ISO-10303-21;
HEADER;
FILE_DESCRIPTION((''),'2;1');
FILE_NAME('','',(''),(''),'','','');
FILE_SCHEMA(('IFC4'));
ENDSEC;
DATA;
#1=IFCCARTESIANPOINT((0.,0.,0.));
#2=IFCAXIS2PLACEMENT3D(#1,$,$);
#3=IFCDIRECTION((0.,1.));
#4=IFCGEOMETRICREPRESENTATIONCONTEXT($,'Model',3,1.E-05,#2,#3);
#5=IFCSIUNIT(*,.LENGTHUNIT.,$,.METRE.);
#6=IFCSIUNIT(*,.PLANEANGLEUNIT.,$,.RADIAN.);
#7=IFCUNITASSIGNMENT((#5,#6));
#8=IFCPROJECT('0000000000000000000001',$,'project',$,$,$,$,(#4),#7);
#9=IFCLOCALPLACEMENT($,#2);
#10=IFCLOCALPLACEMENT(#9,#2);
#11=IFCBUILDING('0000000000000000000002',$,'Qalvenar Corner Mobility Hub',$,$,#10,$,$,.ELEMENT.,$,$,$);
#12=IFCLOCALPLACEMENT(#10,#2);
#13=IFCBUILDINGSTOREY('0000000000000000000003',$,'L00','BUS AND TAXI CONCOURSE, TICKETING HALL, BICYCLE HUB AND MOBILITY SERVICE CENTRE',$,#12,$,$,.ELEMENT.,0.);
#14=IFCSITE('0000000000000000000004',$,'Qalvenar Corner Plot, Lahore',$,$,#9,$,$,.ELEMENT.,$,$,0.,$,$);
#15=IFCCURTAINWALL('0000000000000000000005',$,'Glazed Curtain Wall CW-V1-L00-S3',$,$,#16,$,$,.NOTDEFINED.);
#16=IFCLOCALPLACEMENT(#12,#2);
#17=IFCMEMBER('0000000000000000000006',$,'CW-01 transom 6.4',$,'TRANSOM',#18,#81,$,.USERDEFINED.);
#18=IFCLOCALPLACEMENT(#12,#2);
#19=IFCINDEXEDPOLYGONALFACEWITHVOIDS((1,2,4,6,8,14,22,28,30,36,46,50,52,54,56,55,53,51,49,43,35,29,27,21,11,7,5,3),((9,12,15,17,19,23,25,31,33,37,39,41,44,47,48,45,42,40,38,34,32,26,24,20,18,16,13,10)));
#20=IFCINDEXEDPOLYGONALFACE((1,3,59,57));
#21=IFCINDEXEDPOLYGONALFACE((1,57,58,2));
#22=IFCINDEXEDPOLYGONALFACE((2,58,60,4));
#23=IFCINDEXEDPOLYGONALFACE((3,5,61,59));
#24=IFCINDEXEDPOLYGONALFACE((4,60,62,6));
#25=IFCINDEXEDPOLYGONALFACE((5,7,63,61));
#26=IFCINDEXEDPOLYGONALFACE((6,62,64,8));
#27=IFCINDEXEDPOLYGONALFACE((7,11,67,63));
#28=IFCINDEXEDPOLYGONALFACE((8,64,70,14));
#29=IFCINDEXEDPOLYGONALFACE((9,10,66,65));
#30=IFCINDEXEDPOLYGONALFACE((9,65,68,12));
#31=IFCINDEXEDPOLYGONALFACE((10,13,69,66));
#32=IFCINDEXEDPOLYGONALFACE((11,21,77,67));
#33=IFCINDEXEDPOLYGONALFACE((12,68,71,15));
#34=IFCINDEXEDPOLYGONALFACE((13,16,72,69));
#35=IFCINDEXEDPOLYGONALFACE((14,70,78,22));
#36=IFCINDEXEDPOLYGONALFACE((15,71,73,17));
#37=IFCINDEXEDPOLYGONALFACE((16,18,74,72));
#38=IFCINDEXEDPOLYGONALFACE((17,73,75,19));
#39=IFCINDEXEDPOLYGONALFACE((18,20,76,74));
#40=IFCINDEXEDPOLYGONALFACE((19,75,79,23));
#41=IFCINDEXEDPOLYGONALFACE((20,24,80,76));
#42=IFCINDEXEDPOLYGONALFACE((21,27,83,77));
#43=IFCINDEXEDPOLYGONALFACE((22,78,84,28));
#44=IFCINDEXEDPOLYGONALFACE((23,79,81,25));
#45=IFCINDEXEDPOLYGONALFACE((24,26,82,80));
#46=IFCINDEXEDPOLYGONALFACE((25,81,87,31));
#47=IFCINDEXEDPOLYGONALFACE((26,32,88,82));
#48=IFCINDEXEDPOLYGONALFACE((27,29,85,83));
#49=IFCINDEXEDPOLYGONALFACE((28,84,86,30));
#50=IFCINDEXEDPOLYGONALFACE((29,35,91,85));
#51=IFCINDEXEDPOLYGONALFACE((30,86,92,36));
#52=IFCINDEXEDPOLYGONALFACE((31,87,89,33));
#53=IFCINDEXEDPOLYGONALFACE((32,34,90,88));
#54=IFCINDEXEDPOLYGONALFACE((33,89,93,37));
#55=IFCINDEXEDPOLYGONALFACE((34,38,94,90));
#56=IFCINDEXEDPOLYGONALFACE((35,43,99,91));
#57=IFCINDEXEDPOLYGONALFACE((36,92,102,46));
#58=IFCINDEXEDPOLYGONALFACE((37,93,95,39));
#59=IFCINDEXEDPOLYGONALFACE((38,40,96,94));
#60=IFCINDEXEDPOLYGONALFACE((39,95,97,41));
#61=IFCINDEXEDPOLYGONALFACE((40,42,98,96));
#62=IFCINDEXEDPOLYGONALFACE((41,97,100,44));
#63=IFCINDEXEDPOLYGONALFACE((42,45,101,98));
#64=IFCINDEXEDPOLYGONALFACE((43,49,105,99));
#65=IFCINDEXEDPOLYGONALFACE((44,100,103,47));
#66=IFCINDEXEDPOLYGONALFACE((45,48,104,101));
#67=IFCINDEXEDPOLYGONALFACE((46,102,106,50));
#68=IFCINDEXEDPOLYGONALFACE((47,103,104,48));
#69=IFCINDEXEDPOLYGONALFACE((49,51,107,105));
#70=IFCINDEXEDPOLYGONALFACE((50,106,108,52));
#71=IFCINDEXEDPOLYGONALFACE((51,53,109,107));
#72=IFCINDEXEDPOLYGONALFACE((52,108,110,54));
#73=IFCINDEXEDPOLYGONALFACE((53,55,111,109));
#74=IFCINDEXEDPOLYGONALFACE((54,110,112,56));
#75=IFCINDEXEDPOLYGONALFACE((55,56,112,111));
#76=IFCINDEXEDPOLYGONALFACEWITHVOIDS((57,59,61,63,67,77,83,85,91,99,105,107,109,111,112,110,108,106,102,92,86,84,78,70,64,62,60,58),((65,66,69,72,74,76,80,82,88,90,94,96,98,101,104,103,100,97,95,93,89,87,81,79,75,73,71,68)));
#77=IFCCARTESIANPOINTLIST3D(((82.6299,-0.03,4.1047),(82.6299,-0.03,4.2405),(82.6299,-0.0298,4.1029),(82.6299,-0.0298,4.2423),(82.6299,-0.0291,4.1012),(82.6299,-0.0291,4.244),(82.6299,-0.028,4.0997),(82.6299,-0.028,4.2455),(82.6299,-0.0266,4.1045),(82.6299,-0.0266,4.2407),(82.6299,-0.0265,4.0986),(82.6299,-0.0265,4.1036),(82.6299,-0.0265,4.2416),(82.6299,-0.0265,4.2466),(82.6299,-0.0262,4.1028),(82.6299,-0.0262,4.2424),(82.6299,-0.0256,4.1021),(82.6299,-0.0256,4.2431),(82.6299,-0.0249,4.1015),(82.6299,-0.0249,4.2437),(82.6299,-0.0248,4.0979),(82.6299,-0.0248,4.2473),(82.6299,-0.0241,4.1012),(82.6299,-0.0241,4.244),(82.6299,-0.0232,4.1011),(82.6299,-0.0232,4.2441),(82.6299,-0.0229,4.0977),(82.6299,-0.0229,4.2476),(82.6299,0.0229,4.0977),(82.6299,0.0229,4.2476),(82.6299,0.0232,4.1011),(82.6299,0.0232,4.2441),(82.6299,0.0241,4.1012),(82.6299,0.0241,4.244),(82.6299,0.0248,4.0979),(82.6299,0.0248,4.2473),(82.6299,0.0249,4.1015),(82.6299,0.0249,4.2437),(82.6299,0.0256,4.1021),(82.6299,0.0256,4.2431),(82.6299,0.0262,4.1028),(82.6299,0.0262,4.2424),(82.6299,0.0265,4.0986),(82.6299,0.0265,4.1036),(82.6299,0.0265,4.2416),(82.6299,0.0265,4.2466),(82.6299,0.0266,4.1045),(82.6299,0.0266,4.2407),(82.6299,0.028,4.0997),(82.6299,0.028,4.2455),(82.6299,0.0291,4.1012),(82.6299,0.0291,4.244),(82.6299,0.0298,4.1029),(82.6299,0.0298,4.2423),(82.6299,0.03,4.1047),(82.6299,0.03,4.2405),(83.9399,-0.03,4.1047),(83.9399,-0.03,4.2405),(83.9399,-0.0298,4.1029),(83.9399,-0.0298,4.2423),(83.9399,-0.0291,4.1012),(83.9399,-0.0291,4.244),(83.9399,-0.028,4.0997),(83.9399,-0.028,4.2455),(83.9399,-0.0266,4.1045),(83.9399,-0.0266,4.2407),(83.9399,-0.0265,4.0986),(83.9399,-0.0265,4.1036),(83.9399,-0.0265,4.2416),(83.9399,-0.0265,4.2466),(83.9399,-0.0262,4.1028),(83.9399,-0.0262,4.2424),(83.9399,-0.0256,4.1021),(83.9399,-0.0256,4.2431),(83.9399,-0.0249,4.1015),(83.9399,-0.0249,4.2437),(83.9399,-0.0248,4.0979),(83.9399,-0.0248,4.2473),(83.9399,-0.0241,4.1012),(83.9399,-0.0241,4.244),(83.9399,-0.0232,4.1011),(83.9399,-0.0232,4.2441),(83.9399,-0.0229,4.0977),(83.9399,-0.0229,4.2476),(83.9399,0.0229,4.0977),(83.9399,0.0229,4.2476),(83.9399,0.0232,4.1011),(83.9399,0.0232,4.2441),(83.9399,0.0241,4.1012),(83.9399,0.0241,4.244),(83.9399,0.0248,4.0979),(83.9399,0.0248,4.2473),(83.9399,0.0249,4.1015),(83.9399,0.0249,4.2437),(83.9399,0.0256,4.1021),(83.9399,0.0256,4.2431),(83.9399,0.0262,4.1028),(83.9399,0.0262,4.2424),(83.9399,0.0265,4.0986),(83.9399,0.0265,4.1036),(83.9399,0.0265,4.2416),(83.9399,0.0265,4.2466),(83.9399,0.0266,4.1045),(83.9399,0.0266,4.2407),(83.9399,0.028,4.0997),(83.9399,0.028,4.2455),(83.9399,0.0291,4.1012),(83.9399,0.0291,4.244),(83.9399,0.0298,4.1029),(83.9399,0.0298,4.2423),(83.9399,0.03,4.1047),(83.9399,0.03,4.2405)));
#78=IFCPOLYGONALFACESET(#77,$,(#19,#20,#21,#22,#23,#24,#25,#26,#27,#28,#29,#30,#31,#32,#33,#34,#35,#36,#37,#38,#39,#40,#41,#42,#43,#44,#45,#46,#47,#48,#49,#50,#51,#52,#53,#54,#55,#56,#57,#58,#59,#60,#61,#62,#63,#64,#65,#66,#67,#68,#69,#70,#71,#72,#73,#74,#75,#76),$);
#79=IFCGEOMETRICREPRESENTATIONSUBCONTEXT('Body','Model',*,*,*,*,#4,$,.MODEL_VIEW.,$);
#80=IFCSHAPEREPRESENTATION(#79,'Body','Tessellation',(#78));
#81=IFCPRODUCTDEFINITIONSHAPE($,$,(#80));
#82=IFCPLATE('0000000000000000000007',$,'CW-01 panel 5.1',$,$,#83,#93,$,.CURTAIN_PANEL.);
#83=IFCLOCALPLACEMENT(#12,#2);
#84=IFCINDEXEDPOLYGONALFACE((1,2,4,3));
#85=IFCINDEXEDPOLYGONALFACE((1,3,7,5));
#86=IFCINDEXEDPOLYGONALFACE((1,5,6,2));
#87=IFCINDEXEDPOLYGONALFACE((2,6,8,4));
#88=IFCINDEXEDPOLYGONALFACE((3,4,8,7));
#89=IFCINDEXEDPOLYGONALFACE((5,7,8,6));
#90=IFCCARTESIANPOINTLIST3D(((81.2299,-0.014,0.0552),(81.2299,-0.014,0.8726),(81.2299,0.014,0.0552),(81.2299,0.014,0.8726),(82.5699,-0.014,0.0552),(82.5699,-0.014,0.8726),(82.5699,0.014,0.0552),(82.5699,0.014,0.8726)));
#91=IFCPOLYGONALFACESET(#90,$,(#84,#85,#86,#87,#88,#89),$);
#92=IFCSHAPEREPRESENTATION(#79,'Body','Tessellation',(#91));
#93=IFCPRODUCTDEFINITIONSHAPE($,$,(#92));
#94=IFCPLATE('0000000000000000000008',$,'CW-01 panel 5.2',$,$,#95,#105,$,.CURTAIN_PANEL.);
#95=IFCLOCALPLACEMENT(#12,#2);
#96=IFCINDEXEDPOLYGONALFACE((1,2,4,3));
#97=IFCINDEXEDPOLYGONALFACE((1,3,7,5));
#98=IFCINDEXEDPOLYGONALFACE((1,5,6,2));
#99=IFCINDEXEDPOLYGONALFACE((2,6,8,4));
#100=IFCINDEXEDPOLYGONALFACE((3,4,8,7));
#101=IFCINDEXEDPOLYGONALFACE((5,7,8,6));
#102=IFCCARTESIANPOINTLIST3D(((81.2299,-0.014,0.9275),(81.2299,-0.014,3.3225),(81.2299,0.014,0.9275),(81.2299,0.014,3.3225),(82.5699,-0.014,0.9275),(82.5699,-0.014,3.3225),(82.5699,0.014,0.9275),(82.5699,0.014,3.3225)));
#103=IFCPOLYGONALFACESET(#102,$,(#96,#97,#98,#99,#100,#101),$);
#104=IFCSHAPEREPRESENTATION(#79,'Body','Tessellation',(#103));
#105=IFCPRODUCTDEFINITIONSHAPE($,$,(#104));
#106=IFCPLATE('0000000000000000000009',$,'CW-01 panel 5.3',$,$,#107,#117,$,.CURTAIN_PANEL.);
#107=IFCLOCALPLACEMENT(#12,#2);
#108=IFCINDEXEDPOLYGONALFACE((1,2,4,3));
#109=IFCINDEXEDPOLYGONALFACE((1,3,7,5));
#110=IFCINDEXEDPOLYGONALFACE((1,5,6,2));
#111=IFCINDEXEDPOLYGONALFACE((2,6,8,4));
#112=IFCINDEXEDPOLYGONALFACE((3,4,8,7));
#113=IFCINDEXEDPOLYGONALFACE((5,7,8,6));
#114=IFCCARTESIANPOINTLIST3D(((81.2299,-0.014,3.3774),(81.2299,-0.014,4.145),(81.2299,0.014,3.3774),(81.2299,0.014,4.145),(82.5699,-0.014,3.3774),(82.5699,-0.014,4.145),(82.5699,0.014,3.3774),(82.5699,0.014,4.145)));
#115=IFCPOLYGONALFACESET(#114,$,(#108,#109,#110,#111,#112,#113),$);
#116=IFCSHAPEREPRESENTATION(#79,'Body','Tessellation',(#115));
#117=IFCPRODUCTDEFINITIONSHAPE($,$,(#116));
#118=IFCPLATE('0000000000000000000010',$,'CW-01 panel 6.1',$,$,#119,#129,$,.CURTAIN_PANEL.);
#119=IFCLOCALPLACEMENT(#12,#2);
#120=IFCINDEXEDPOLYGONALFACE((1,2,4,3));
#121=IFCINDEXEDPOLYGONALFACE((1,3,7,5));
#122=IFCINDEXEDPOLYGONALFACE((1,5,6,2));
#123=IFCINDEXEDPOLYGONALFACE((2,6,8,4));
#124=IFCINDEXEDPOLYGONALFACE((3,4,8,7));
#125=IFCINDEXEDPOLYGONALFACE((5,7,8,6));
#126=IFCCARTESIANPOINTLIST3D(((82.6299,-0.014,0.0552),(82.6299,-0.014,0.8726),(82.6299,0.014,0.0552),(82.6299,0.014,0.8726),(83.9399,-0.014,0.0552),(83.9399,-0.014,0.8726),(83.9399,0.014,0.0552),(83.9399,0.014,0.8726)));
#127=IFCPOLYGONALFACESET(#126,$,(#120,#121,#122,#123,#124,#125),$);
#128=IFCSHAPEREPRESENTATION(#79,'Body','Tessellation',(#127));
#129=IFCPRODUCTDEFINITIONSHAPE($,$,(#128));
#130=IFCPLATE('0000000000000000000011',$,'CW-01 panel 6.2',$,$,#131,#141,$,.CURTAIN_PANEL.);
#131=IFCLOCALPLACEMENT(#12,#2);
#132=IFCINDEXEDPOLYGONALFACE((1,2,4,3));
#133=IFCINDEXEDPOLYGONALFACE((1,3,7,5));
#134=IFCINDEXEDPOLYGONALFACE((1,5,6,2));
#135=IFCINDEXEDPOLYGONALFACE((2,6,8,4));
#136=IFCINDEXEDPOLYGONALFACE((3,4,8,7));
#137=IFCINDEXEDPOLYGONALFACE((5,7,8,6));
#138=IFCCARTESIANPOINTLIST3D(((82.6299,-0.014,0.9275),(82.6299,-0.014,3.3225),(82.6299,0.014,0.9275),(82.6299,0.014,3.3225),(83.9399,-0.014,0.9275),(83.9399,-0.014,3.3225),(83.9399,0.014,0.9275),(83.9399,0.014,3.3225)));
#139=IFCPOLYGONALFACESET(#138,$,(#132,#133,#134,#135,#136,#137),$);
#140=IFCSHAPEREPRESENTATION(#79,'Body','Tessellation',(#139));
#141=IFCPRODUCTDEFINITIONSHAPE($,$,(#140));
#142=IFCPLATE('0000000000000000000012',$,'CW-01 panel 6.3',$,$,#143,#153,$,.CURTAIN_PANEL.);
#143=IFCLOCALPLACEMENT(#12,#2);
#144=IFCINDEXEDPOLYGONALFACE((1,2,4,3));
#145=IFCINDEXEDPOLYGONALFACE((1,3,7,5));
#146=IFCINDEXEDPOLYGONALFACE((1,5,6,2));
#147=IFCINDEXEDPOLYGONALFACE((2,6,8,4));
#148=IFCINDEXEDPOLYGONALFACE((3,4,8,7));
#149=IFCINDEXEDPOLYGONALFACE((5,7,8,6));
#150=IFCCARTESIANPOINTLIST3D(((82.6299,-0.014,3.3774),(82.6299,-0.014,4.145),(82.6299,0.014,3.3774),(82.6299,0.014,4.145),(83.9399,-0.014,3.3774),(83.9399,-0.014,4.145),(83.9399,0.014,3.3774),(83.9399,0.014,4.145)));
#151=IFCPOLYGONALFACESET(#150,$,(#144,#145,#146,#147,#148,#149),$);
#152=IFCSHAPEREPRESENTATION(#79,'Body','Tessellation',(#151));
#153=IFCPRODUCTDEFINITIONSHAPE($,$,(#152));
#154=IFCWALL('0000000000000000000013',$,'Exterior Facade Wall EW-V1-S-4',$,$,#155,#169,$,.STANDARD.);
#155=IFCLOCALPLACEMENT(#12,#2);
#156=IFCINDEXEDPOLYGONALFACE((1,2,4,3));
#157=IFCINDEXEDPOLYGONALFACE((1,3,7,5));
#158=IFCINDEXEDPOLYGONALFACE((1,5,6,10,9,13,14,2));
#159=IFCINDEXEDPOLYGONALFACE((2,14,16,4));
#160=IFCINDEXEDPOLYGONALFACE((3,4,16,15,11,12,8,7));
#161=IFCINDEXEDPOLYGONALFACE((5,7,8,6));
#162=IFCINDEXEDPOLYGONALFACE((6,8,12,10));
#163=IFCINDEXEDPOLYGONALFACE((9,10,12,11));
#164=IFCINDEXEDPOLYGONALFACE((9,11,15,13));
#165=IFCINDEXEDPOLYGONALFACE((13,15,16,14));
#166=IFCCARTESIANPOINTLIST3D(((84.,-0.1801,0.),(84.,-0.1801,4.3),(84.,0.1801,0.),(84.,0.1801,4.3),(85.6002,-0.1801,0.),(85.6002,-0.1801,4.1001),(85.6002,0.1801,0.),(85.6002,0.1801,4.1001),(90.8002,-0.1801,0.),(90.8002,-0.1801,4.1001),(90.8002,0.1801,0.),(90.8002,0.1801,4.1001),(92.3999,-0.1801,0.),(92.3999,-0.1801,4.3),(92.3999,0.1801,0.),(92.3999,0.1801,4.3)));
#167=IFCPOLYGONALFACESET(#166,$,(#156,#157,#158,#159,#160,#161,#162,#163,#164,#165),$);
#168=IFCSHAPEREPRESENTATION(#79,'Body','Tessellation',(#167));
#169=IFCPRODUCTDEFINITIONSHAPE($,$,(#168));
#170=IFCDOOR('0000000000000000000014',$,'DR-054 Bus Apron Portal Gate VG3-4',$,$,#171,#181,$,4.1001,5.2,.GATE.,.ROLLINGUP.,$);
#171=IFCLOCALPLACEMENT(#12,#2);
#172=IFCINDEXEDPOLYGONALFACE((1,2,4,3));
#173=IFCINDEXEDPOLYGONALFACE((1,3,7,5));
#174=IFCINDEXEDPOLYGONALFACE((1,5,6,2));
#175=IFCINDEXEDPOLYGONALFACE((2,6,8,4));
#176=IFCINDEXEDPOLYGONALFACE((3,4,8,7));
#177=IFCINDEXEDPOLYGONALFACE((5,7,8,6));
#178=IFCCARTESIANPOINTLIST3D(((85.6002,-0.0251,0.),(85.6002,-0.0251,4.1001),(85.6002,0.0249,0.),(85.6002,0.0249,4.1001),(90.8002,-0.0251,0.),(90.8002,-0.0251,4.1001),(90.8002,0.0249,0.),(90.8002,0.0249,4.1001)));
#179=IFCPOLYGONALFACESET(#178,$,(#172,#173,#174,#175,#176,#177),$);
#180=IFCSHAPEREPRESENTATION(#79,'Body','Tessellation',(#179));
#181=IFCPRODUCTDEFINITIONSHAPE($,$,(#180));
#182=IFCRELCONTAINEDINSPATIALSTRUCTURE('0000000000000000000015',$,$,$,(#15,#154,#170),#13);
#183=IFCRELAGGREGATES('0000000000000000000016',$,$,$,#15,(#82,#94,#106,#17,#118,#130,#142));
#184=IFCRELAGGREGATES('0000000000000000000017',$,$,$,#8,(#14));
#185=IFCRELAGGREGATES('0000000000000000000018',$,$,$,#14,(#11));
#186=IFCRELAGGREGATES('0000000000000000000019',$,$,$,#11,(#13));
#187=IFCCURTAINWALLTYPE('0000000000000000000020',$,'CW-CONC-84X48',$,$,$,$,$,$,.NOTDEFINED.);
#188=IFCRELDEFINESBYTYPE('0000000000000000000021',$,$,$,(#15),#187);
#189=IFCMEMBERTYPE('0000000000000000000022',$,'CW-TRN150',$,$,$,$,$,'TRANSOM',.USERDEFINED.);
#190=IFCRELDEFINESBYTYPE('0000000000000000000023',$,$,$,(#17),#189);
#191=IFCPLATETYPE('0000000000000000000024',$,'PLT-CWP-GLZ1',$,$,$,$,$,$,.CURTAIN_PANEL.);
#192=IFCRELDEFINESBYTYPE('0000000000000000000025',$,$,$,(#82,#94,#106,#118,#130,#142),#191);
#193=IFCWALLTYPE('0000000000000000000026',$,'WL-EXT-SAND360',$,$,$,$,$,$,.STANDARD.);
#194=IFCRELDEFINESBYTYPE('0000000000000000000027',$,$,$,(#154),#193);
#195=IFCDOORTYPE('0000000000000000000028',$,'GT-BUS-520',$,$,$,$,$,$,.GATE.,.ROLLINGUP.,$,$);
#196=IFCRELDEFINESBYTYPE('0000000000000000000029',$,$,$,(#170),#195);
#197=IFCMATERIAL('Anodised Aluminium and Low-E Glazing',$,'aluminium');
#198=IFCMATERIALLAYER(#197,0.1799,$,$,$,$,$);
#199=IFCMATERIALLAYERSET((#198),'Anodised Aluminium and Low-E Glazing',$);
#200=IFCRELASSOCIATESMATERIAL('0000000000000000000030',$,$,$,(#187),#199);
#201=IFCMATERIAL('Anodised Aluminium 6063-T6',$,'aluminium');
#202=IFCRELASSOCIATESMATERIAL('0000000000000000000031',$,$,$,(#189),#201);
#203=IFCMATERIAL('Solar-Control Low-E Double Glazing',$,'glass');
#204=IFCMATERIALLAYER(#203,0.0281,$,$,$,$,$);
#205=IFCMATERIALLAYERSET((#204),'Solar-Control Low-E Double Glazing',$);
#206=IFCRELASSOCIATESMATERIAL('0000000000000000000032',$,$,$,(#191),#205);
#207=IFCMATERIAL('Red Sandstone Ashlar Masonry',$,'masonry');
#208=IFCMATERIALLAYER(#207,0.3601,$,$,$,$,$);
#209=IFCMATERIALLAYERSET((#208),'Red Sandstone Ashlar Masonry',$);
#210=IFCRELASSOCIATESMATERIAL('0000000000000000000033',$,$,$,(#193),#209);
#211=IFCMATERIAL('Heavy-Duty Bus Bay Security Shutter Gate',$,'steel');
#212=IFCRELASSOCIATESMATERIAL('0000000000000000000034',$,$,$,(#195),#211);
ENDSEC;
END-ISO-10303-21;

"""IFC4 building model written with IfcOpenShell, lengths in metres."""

from ifc_helpers import new_model, si_unit, direction, frame, frame_2d, origin, origin_2d, place, context, subcontext, project, spatial, rectangle, hollow_rectangle, extrude, material, layer, layer_set, material_profile, profile_set, type_object, element, fill, aggregate, save


model = new_model("IFC4")

# Units and contexts
model_context = context("Model", 3, precision=1e-05, world=origin(), true_north=direction((0.0, 1.0)))
body_context = subcontext(model_context, "Body", "Model", "MODEL_VIEW")
ifc_project = project(units=[si_unit("LENGTHUNIT", "METRE"), si_unit("PLANEANGLEUNIT", "RADIAN")], contexts=[model_context])

# Site, building, storey
site_placement = place(None, origin())
site = spatial("IfcSite", under=ifc_project, at=site_placement, Name="Qalvenar Corner Plot, Lahore", CompositionType="ELEMENT", RefElevation=0.0)
building_placement = place(site_placement, origin())
building = spatial("IfcBuilding", under=site, at=building_placement, Name="Qalvenar Corner Mobility Hub", CompositionType="ELEMENT")
storey_placement = place(building_placement, origin())
storey = spatial("IfcBuildingStorey", under=building, at=storey_placement, Name="L00", Description="BUS AND TAXI CONCOURSE, TICKETING HALL, BICYCLE HUB AND MOBILITY SERVICE CENTRE", CompositionType="ELEMENT", Elevation=0.0)

# Curtain wall, member, plates
ifc_material_1 = material(Name="Anodised Aluminium and Low-E Glazing", Category="aluminium")
ifc_layer_1 = layer(ifc_material_1, 0.1799)
ifc_layer_set_1 = layer_set([ifc_layer_1], Name="Anodised Aluminium and Low-E Glazing")
curtain_wall_type = type_object("IfcCurtainWallType", Name="CW-CONC-84X48", PredefinedType="NOTDEFINED", material=ifc_layer_set_1)
curtain_wall_placement = place(storey_placement, origin())
curtain_wall = element("IfcCurtainWall", 1, at=curtain_wall_placement, inside=storey, type_object=curtain_wall_type, Name="Glazed Curtain Wall CW-V1-L00-S3", PredefinedType="NOTDEFINED")
ifc_material_2 = material(Name="Anodised Aluminium 6063-T6", Category="aluminium")
ifc_material_profile_1 = material_profile(ifc_material_2, hollow_rectangle(XDim=0.0601, YDim=0.1499, WallThickness=0.0034, InnerFilletRadius=0.0034, OuterFilletRadius=0.0071, at=origin_2d()), Name="RHS150x60x3.5")
ifc_profile_set_1 = profile_set([ifc_material_profile_1], Name="Anodised Aluminium 6063-T6")
member_type_1 = type_object("IfcMemberType", Name="CW-TRN150", ElementType="TRANSOM", PredefinedType="USERDEFINED", material=ifc_profile_set_1)
member_1_placement = place(storey_placement, frame((82.6299, 0.0, 4.1726), z_axis=(1.0, 0.0, 0.0), x_axis=(0.0, 1.0, 0.0)))
member_1 = element("IfcMember", 2, at=member_1_placement, type_object=member_type_1, Name="CW-01 transom 6.4", ObjectType="TRANSOM", PredefinedType="USERDEFINED", context=body_context, shape_type="SweptSolid", body=[
    extrude(hollow_rectangle(XDim=0.0601, YDim=0.1499, WallThickness=0.0034, InnerFilletRadius=0.0034, OuterFilletRadius=0.0071, at=origin_2d()), origin(), (0.0, 0.0, 1.0), 1.3101),
])
ifc_material_3 = material(Name="Solar-Control Low-E Double Glazing", Category="glass")
ifc_layer_2 = layer(ifc_material_3, 0.0281)
ifc_layer_set_2 = layer_set([ifc_layer_2], Name="Solar-Control Low-E Double Glazing")
plate_type = type_object("IfcPlateType", Name="PLT-CWP-GLZ1", PredefinedType="CURTAIN_PANEL", material=ifc_layer_set_2)
plate_1_placement = place(storey_placement, frame((81.8999, 0.0, 0.0552), z_axis=(0.0, 0.0, 1.0), x_axis=(1.0, 0.0, 0.0)))
plate_1 = element("IfcPlate", 3, at=plate_1_placement, type_object=plate_type, Name="CW-01 panel 5.1", PredefinedType="CURTAIN_PANEL", context=body_context, shape_type="SweptSolid", body=[
    extrude(rectangle(XDim=1.3401, YDim=0.0281, at=origin_2d()), origin(), (0.0, 0.0, 1.0), 0.8174),
])
plate_2_placement = place(storey_placement, frame((81.8999, 0.0, 0.9275), z_axis=(0.0, 0.0, 1.0), x_axis=(1.0, 0.0, 0.0)))
plate_2 = element("IfcPlate", 4, at=plate_2_placement, type_object=plate_type, Name="CW-01 panel 5.2", PredefinedType="CURTAIN_PANEL", context=body_context, shape_type="SweptSolid", body=[
    extrude(rectangle(XDim=1.3401, YDim=0.0281, at=origin_2d()), origin(), (0.0, 0.0, 1.0), 2.395),
])
plate_3_placement = place(storey_placement, frame((81.8999, 0.0, 3.3774), z_axis=(0.0, 0.0, 1.0), x_axis=(1.0, 0.0, 0.0)))
plate_3 = element("IfcPlate", 5, at=plate_3_placement, type_object=plate_type, Name="CW-01 panel 5.3", PredefinedType="CURTAIN_PANEL", context=body_context, shape_type="SweptSolid", body=[
    extrude(rectangle(XDim=1.3401, YDim=0.0281, at=origin_2d()), origin(), (0.0, 0.0, 1.0), 0.7676),
])
plate_4_placement = place(storey_placement, frame((83.2849, 0.0, 0.0552), z_axis=(0.0, 0.0, 1.0), x_axis=(1.0, 0.0, 0.0)))
plate_4 = element("IfcPlate", 6, at=plate_4_placement, type_object=plate_type, Name="CW-01 panel 6.1", PredefinedType="CURTAIN_PANEL", context=body_context, shape_type="SweptSolid", body=[
    extrude(rectangle(XDim=1.3101, YDim=0.0281, at=origin_2d()), origin(), (0.0, 0.0, 1.0), 0.8174),
])
plate_5_placement = place(storey_placement, frame((83.2849, 0.0, 0.9275), z_axis=(0.0, 0.0, 1.0), x_axis=(1.0, 0.0, 0.0)))
plate_5 = element("IfcPlate", 7, at=plate_5_placement, type_object=plate_type, Name="CW-01 panel 6.2", PredefinedType="CURTAIN_PANEL", context=body_context, shape_type="SweptSolid", body=[
    extrude(rectangle(XDim=1.3101, YDim=0.0281, at=origin_2d()), origin(), (0.0, 0.0, 1.0), 2.395),
])
plate_6_placement = place(storey_placement, frame((83.2849, 0.0, 3.3774), z_axis=(0.0, 0.0, 1.0), x_axis=(1.0, 0.0, 0.0)))
plate_6 = element("IfcPlate", 8, at=plate_6_placement, type_object=plate_type, Name="CW-01 panel 6.3", PredefinedType="CURTAIN_PANEL", context=body_context, shape_type="SweptSolid", body=[
    extrude(rectangle(XDim=1.3101, YDim=0.0281, at=origin_2d()), origin(), (0.0, 0.0, 1.0), 0.7676),
])
aggregate(curtain_wall, [plate_1, plate_2, plate_3, member_1, plate_4, plate_5, plate_6])

# Wall, opening, door
ifc_material_4 = material(Name="Red Sandstone Ashlar Masonry", Category="masonry")
ifc_layer_3 = layer(ifc_material_4, 0.3601)
ifc_layer_set_3 = layer_set([ifc_layer_3], Name="Red Sandstone Ashlar Masonry")
wall_type = type_object("IfcWallType", Name="WL-EXT-SAND360", PredefinedType="STANDARD", material=ifc_layer_set_3)
wall_placement = place(storey_placement, frame((84.0, 0.0, 0.0), z_axis=(0.0, 0.0, 1.0), x_axis=(1.0, 0.0, 0.0)))
wall = element("IfcWall", 9, at=wall_placement, inside=storey, type_object=wall_type, Name="Exterior Facade Wall EW-V1-S-4", PredefinedType="STANDARD", context=body_context, shape_type="SweptSolid", body=[
    extrude(rectangle(XDim=8.3999, YDim=0.3601, at=frame_2d((4.2, 0.0))), origin(), (0.0, 0.0, 1.0), 4.3),
])
opening_placement = place(wall_placement, frame((1.6001, 0.0, 0.0)))
opening = element("IfcOpeningElement", 10, at=opening_placement, cuts=wall, PredefinedType="OPENING", context=body_context, shape_type="SweptSolid", body=[
    extrude(rectangle(XDim=5.2, YDim=4.1001, at=frame_2d((2.6001, 2.05))), frame((0.0, 0.1899, 0.0), z_axis=(0.0, -1.0, 0.0), x_axis=(1.0, 0.0, 0.0)), (0.0, 0.0, 1.0), 0.3801),
])
ifc_material_5 = material(Name="Heavy-Duty Bus Bay Security Shutter Gate", Category="steel")
door_type = type_object("IfcDoorType", Name="GT-BUS-520", OperationType="ROLLINGUP", PredefinedType="GATE", material=ifc_material_5)
door_placement = place(opening_placement, origin())
door = element("IfcDoor", 11, at=door_placement, inside=storey, type_object=door_type, Name="DR-054 Bus Apron Portal Gate VG3-4", OperationType="ROLLINGUP", OverallHeight=4.1001, OverallWidth=5.2, PredefinedType="GATE", context=body_context, shape_type="SweptSolid", body=[
    extrude(rectangle(XDim=5.2, YDim=4.1001, at=frame_2d((2.6001, 2.05))), frame((0.0, 0.0249, 0.0), z_axis=(0.0, -1.0, 0.0), x_axis=(1.0, 0.0, 0.0)), (0.0, 0.0, 1.0), 0.05),
])
fill(opening, door)

save(model, "model.ifc")
